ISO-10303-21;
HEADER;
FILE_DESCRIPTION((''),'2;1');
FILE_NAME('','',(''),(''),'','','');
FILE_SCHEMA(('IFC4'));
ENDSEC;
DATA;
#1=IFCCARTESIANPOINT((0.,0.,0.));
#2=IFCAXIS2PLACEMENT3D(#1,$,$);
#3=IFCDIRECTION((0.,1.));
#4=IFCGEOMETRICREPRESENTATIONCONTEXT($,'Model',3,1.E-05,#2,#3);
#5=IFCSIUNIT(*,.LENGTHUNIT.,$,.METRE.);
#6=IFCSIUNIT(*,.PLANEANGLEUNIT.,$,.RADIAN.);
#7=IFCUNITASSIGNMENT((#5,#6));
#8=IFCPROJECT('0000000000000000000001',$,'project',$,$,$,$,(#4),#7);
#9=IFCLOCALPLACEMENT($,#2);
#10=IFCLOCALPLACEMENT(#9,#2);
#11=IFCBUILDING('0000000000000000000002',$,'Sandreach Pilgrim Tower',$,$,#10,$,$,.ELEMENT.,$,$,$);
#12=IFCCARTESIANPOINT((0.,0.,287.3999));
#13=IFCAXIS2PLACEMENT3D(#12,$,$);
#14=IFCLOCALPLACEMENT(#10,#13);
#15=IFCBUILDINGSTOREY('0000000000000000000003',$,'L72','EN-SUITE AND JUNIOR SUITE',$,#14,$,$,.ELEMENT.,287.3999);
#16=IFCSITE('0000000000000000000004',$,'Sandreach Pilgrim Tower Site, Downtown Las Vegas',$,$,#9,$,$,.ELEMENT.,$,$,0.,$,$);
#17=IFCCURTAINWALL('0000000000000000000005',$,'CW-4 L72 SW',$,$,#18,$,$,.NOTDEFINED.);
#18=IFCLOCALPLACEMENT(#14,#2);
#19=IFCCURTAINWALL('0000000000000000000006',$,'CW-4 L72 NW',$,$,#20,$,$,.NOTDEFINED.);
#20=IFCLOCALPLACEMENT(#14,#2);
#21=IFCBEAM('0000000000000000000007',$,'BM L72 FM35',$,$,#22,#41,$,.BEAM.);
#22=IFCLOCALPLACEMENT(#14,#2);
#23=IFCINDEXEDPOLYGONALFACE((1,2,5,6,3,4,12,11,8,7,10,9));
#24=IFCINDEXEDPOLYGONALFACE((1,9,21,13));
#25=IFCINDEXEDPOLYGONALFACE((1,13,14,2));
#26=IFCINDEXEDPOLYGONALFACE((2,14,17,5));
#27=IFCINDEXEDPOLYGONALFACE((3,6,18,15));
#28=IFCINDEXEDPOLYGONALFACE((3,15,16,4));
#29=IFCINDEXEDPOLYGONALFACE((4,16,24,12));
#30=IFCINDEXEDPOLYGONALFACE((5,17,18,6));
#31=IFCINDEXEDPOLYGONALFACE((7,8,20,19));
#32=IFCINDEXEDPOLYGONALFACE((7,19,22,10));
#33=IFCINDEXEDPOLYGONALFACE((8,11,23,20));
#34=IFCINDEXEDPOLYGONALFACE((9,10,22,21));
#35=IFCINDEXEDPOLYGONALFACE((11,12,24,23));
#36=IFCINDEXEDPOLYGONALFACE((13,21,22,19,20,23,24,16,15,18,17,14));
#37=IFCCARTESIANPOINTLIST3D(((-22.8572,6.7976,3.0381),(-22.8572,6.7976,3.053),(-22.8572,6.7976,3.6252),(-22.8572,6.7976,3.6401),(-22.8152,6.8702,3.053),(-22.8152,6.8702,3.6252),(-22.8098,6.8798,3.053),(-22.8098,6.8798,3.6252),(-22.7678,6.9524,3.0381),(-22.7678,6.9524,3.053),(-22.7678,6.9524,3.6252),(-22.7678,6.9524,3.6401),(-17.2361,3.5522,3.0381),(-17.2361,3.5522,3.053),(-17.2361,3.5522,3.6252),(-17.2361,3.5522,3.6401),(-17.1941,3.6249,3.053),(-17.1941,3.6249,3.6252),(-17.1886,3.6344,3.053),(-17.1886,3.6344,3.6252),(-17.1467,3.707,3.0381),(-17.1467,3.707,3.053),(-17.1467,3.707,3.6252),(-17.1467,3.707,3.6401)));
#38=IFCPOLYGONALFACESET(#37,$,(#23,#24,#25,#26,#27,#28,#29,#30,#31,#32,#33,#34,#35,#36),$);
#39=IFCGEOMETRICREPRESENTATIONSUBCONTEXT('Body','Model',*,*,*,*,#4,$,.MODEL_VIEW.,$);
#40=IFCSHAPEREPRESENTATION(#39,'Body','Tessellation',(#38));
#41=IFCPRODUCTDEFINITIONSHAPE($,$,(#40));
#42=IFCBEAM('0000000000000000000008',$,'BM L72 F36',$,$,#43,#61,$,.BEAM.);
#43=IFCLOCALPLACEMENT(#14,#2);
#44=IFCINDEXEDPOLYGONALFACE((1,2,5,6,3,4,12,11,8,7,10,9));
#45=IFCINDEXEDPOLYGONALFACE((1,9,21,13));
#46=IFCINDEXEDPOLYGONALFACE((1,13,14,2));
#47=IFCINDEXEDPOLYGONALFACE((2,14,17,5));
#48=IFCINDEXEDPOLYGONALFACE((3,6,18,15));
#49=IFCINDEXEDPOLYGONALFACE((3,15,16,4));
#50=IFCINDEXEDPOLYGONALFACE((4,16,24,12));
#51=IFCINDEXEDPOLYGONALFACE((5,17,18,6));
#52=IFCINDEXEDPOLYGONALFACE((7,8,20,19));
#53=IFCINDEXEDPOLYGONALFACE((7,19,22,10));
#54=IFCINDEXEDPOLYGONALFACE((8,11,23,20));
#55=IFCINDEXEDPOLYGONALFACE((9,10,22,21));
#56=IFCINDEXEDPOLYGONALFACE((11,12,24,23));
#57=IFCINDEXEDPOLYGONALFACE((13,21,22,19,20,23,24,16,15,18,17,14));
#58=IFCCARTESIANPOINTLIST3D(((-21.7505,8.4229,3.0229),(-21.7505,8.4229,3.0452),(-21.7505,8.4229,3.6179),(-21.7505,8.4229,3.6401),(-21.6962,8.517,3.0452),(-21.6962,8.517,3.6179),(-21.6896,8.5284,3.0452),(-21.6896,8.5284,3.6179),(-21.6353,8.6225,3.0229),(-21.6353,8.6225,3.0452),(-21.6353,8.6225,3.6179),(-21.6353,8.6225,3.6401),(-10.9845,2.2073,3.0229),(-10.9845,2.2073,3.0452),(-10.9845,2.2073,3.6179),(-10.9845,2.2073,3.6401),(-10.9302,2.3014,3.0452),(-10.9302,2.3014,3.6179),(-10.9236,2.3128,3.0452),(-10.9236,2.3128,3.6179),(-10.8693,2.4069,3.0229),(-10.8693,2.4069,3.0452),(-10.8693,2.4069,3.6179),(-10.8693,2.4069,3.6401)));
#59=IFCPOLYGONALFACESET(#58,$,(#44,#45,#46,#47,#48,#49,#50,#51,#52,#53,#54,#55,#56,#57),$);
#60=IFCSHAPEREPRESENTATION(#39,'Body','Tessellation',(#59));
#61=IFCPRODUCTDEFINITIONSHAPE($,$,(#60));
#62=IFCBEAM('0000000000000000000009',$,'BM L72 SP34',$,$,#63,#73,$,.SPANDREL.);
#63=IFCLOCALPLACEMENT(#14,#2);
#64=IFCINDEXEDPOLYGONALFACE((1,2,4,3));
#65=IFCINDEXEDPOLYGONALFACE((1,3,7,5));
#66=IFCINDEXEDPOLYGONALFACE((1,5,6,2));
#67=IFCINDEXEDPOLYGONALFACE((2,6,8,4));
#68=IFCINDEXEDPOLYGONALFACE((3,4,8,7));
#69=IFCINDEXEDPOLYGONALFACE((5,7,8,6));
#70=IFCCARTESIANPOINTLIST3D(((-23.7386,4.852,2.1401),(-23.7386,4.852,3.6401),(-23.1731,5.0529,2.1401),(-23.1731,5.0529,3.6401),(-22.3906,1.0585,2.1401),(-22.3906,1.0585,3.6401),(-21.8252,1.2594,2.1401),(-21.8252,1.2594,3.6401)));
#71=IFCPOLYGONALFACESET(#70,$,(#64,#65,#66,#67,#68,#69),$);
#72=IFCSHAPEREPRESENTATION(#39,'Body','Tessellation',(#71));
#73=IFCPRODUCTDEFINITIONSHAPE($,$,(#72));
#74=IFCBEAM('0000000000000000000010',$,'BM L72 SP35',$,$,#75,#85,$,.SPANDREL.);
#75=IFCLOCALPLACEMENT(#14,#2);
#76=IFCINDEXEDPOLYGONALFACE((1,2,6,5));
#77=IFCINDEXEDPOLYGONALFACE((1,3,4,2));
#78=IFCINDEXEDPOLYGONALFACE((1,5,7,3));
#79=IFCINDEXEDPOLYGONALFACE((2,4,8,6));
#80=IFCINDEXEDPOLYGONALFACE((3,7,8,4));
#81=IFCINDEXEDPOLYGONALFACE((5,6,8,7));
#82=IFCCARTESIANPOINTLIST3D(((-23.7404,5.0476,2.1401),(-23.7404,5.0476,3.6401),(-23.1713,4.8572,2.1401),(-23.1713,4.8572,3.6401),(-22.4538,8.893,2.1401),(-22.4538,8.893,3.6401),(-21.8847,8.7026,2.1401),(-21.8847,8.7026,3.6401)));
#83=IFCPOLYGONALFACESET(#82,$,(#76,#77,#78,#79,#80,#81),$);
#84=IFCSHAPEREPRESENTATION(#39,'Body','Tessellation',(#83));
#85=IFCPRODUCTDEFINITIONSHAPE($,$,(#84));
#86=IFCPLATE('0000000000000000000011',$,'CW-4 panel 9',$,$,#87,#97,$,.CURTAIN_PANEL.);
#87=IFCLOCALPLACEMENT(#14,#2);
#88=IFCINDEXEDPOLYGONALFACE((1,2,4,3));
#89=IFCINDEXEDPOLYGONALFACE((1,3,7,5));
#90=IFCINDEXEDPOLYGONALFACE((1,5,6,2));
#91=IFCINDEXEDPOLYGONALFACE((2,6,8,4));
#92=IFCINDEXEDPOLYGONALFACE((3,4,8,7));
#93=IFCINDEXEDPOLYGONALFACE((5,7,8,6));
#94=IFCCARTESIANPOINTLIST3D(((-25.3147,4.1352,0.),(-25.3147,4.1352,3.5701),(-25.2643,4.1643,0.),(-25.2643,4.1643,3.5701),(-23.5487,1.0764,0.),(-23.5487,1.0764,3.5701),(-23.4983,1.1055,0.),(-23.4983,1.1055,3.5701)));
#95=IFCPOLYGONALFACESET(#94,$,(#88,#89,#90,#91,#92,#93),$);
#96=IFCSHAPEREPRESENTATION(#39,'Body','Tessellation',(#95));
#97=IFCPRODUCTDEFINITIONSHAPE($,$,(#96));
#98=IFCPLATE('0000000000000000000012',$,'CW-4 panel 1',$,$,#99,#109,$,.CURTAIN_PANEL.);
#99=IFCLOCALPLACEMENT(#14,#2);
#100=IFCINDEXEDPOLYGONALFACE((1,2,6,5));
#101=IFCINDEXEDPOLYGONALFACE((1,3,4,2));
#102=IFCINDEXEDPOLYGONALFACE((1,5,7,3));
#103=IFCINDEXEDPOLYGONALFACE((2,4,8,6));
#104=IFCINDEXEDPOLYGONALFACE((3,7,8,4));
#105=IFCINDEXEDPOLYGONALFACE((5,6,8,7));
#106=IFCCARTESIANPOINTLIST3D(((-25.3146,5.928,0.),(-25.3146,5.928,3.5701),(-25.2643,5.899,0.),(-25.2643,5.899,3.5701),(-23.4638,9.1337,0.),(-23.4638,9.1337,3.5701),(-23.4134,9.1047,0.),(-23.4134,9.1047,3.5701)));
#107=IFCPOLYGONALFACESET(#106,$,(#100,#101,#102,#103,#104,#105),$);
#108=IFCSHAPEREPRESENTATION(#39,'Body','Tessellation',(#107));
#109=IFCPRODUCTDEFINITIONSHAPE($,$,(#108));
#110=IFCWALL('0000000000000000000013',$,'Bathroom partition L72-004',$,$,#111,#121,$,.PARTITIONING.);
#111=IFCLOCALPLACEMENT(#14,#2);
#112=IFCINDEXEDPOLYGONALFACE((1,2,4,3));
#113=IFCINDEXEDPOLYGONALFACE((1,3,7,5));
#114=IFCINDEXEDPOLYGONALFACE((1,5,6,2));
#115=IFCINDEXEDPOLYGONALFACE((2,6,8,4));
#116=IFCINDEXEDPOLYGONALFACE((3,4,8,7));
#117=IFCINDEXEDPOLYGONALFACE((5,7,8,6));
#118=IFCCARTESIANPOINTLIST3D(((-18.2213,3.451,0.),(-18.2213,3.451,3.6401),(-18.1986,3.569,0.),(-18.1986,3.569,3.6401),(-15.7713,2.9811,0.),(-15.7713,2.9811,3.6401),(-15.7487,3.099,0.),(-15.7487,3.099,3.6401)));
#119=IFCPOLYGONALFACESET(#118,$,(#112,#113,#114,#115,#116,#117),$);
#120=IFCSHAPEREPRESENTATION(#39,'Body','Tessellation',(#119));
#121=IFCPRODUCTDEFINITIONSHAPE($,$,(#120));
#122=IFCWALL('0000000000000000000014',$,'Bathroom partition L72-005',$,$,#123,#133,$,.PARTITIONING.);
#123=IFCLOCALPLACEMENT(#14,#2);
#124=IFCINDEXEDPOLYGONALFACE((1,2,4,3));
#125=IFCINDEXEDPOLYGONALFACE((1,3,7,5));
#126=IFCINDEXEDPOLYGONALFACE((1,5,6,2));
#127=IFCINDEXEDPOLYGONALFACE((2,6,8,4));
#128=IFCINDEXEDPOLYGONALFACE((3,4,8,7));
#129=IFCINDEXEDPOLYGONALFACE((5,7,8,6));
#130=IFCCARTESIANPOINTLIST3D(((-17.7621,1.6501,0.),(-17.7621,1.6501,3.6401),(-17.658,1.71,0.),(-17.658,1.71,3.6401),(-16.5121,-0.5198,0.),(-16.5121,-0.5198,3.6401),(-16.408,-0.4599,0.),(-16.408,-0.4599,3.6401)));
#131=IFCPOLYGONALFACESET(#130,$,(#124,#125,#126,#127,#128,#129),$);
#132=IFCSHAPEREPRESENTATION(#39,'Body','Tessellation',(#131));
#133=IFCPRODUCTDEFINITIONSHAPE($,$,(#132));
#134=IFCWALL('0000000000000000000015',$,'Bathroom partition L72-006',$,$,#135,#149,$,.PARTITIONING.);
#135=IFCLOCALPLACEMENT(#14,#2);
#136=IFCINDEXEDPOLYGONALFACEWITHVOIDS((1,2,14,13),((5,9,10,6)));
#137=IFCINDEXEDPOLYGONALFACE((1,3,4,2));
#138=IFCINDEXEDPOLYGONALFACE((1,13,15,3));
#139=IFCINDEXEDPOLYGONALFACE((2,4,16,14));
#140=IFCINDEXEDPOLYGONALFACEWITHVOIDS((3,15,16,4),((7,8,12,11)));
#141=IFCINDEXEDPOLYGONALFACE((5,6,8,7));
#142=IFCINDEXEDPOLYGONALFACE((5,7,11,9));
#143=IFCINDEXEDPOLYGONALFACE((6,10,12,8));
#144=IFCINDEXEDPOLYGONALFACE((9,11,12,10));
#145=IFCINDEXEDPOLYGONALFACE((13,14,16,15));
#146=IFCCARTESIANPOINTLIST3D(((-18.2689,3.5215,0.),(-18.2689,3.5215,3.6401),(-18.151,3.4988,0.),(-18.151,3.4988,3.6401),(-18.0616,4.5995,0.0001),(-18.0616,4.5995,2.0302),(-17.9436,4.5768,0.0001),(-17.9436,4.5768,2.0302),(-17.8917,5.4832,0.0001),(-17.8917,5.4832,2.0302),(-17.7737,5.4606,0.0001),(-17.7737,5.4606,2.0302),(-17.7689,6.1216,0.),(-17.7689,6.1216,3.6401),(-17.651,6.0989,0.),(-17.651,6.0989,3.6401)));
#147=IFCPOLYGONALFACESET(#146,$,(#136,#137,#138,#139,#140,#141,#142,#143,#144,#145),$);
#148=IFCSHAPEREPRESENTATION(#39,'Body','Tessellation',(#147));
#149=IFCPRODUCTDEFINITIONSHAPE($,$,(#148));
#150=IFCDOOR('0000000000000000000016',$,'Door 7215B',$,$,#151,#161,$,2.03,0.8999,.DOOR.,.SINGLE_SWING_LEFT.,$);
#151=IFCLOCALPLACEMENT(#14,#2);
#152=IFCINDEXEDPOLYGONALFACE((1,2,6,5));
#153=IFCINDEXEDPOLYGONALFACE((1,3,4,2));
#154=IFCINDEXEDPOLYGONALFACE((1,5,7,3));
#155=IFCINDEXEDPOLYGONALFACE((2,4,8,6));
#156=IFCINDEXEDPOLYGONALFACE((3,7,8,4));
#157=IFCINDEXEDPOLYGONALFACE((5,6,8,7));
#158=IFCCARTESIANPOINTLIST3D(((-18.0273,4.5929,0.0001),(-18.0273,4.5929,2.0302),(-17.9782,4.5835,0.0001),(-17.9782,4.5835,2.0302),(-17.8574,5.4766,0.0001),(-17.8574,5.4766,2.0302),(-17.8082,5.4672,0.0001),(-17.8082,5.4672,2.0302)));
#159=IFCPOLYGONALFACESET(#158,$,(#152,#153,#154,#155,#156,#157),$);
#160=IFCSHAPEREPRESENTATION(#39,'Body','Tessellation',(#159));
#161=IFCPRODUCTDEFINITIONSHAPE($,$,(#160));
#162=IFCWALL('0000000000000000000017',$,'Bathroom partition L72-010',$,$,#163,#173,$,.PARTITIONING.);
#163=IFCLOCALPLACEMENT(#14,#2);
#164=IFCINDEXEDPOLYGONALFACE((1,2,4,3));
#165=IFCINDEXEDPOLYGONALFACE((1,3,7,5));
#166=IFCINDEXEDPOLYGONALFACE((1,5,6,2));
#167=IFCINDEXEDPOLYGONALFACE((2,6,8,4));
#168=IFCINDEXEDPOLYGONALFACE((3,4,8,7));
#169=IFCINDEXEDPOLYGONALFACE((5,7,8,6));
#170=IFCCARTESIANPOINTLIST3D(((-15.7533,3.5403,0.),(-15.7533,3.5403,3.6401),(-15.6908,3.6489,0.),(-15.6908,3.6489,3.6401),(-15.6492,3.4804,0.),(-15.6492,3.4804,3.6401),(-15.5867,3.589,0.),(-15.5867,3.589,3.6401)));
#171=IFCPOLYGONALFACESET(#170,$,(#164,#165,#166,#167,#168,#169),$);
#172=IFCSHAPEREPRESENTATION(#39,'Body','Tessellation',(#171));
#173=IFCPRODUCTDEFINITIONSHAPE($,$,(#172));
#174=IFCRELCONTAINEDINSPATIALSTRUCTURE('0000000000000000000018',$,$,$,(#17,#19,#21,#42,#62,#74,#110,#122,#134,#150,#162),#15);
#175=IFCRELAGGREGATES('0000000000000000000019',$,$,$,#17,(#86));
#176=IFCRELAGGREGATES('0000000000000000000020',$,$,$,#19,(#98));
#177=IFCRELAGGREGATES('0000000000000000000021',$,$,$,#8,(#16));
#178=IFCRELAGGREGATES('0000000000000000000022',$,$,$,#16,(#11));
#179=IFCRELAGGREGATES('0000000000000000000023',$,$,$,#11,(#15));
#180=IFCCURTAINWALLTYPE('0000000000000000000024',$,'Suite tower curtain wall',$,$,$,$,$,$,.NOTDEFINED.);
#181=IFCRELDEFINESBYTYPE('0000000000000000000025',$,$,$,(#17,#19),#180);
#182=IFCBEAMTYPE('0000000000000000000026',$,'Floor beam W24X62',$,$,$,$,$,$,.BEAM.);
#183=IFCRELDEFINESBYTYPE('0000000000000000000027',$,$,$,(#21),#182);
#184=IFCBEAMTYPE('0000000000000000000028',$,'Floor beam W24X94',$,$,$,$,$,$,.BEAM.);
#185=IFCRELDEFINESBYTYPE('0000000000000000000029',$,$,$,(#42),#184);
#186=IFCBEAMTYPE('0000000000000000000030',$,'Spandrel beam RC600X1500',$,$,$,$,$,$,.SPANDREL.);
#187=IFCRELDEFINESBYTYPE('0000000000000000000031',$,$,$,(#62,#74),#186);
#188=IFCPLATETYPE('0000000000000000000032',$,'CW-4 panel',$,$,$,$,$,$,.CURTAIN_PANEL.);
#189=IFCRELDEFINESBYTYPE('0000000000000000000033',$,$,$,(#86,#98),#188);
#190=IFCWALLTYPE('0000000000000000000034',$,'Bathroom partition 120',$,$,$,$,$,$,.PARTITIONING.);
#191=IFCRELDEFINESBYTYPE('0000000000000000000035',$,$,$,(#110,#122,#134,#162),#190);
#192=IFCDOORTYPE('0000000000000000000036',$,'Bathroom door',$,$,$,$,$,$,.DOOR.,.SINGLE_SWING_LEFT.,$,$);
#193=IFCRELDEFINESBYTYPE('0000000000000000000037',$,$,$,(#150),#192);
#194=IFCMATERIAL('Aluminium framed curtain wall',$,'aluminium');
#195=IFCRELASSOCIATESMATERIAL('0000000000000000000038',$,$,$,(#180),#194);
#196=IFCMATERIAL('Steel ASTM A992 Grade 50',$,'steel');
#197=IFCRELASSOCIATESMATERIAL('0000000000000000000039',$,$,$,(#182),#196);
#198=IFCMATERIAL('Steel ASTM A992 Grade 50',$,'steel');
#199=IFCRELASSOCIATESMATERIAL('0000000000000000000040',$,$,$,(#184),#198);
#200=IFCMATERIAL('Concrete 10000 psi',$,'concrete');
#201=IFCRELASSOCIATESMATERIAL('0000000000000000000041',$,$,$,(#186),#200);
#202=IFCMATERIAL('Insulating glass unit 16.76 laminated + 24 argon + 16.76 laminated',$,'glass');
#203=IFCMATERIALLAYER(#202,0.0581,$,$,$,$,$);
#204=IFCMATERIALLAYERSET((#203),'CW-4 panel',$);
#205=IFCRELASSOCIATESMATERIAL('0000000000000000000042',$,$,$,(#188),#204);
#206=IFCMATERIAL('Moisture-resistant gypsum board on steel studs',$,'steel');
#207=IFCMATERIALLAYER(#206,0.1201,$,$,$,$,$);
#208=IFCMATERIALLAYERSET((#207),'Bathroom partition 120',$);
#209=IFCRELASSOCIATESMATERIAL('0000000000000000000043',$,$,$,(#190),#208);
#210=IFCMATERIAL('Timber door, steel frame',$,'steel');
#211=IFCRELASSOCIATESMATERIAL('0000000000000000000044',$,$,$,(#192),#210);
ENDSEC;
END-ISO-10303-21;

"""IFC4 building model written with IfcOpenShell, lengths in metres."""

from ifc_helpers import new_model, si_unit, direction, frame, frame_2d, origin, origin_2d, place, context, subcontext, project, spatial, rectangle, i_section, extrude, material, layer, layer_set, material_profile, profile_set, type_object, element, fill, aggregate, save


model = new_model("IFC4")

# Units and contexts
model_context = context("Model", 3, precision=1e-05, world=origin(), true_north=direction((0.0, 1.0)))
body_context = subcontext(model_context, "Body", "Model", "MODEL_VIEW")
ifc_project = project(units=[si_unit("LENGTHUNIT", "METRE"), si_unit("PLANEANGLEUNIT", "RADIAN")], contexts=[model_context])

# Site, building, storey
site_placement = place(None, origin())
site = spatial("IfcSite", under=ifc_project, at=site_placement, Name="Sandreach Pilgrim Tower Site, Downtown Las Vegas", CompositionType="ELEMENT", RefElevation=0.0)
building_placement = place(site_placement, origin())
building = spatial("IfcBuilding", under=site, at=building_placement, Name="Sandreach Pilgrim Tower", CompositionType="ELEMENT")
storey_placement = place(building_placement, frame((0.0, 0.0, 287.3999)))
storey = spatial("IfcBuildingStorey", under=building, at=storey_placement, Name="L72", Description="EN-SUITE AND JUNIOR SUITE", CompositionType="ELEMENT", Elevation=287.3999)

# Curtain wall
ifc_material_1 = material(Name="Aluminium framed curtain wall", Category="aluminium")
curtain_wall_type = type_object("IfcCurtainWallType", Name="Suite tower curtain wall", PredefinedType="NOTDEFINED", material=ifc_material_1)
curtain_wall_1_placement = place(storey_placement, origin())
curtain_wall_1 = element("IfcCurtainWall", 1, at=curtain_wall_1_placement, inside=storey, type_object=curtain_wall_type, Name="CW-4 L72 SW", PredefinedType="NOTDEFINED")

# Curtain wall
curtain_wall_2_placement = place(storey_placement, origin())
curtain_wall_2 = element("IfcCurtainWall", 2, at=curtain_wall_2_placement, inside=storey, type_object=curtain_wall_type, Name="CW-4 L72 NW", PredefinedType="NOTDEFINED")

# Beams
ifc_material_2 = material(Name="Steel ASTM A992 Grade 50", Category="steel")
ifc_material_profile_1 = material_profile(ifc_material_2, i_section(OverallWidth=0.1787, OverallDepth=0.6021, WebThickness=0.011, FlangeThickness=0.0149, at=origin_2d()), Name="W24X62")
ifc_profile_set_1 = profile_set([ifc_material_profile_1], Name="Steel ASTM A992 Grade 50")
beam_type_1 = type_object("IfcBeamType", Name="Floor beam W24X62", PredefinedType="BEAM", material=ifc_profile_set_1)
beam_1_placement = place(storey_placement, frame((-22.8125, 6.875, 3.3391), z_axis=(0.866024, -0.500002, 0.0), x_axis=(0.500002, 0.866024, 0.0)))
element("IfcBeam", 3, at=beam_1_placement, inside=storey, type_object=beam_type_1, Name="BM L72 FM35", PredefinedType="BEAM", context=body_context, shape_type="SweptSolid", body=[
    extrude(i_section(OverallWidth=0.1787, OverallDepth=0.6021, WebThickness=0.011, FlangeThickness=0.0149, at=origin_2d()), origin(), (0.0, 0.0, 1.0), 6.4907),
])
ifc_material_3 = material(Name="Steel ASTM A992 Grade 50", Category="steel")
ifc_material_profile_2 = material_profile(ifc_material_3, i_section(OverallWidth=0.2305, OverallDepth=0.6172, WebThickness=0.0132, FlangeThickness=0.0222, at=origin_2d()), Name="W24X94")
ifc_profile_set_2 = profile_set([ifc_material_profile_2], Name="Steel ASTM A992 Grade 50")
beam_type_2 = type_object("IfcBeamType", Name="Floor beam W24X94", PredefinedType="BEAM", material=ifc_profile_set_2)
beam_2_placement = place(storey_placement, frame((-21.6929, 8.5227, 3.3315), z_axis=(0.866029, -0.499994, 0.0), x_axis=(0.499994, 0.866029, 0.0)))
element("IfcBeam", 4, at=beam_2_placement, inside=storey, type_object=beam_type_2, Name="BM L72 F36", PredefinedType="BEAM", context=body_context, shape_type="SweptSolid", body=[
    extrude(i_section(OverallWidth=0.2305, OverallDepth=0.6172, WebThickness=0.0132, FlangeThickness=0.0222, at=origin_2d()), origin(), (0.0, 0.0, 1.0), 12.4314),
])
ifc_material_4 = material(Name="Concrete 10000 psi", Category="concrete")
ifc_material_profile_3 = material_profile(ifc_material_4, rectangle(XDim=0.6001, YDim=1.5, at=origin_2d()), Name="RC600X1500")
ifc_profile_set_3 = profile_set([ifc_material_profile_3], Name="Concrete 10000 psi")
beam_type_3 = type_object("IfcBeamType", Name="Spandrel beam RC600X1500", PredefinedType="SPANDREL", material=ifc_profile_set_3)
beam_3_placement = place(storey_placement, frame((-22.1079, 1.1589, 2.8901), z_axis=(-0.334815, 0.942284, 0.0), x_axis=(-0.942284, -0.334815, 0.0)))
element("IfcBeam", 5, at=beam_3_placement, inside=storey, type_object=beam_type_3, Name="BM L72 SP34", PredefinedType="SPANDREL", context=body_context, shape_type="SweptSolid", body=[
    extrude(rectangle(XDim=0.6001, YDim=1.5, at=origin_2d()), origin(), (0.0, 0.0, 1.0), 4.0259),
])
beam_4_placement = place(storey_placement, frame((-23.4558, 4.9524, 2.8901), z_axis=(0.317293, 0.948327, 0.0), x_axis=(-0.948327, 0.317293, 0.0)))
element("IfcBeam", 6, at=beam_4_placement, inside=storey, type_object=beam_type_3, Name="BM L72 SP35", PredefinedType="SPANDREL", context=body_context, shape_type="SweptSolid", body=[
    extrude(rectangle(XDim=0.6001, YDim=1.5, at=origin_2d()), origin(), (0.0, 0.0, 1.0), 4.0549),
])

# Plates
ifc_material_5 = material(Name="Insulating glass unit 16.76 laminated + 24 argon + 16.76 laminated", Category="glass")
ifc_layer_1 = layer(ifc_material_5, 0.0581)
ifc_layer_set_1 = layer_set([ifc_layer_1], Name="CW-4 panel")
plate_type = type_object("IfcPlateType", Name="CW-4 panel", PredefinedType="CURTAIN_PANEL", material=ifc_layer_set_1)
plate_1_placement = place(storey_placement, frame((-24.4065, 2.6204, 0.0), z_axis=(0.0, 0.0, 1.0), x_axis=(-0.5, 0.866025, 0.0)))
plate_1 = element("IfcPlate", 7, at=plate_1_placement, type_object=plate_type, Name="CW-4 panel 9", PredefinedType="CURTAIN_PANEL", context=body_context, shape_type="SweptSolid", body=[
    extrude(rectangle(XDim=3.532, YDim=0.0581, at=origin_2d()), origin(), (0.0, 0.0, 1.0), 3.5701),
])
aggregate(curtain_wall_1, [plate_1])
plate_2_placement = place(storey_placement, frame((-24.364, 7.5164, 0.0), z_axis=(0.0, 0.0, 1.0), x_axis=(0.5, 0.866025, 0.0)))
plate_2 = element("IfcPlate", 8, at=plate_2_placement, type_object=plate_type, Name="CW-4 panel 1", PredefinedType="CURTAIN_PANEL", context=body_context, shape_type="SweptSolid", body=[
    extrude(rectangle(XDim=3.7017, YDim=0.0581, at=origin_2d()), origin(), (0.0, 0.0, 1.0), 3.5701),
])
aggregate(curtain_wall_2, [plate_2])

# Walls
ifc_material_6 = material(Name="Moisture-resistant gypsum board on steel studs", Category="steel")
ifc_layer_2 = layer(ifc_material_6, 0.1201)
ifc_layer_set_2 = layer_set([ifc_layer_2], Name="Bathroom partition 120")
wall_type_1 = type_object("IfcWallType", Name="Bathroom partition 120", PredefinedType="PARTITIONING", material=ifc_layer_set_2)
wall_1_placement = place(storey_placement, frame((-18.21, 3.51, 0.0), z_axis=(0.0, 0.0, 1.0), x_axis=(0.982094, -0.188394, 0.0)))
element("IfcWall", 9, at=wall_1_placement, inside=storey, type_object=wall_type_1, Name="Bathroom partition L72-004", PredefinedType="PARTITIONING", context=body_context, shape_type="SweptSolid", body=[
    extrude(rectangle(XDim=2.4946, YDim=0.1201, at=frame_2d((1.2473, 0.0))), origin(), (0.0, 0.0, 1.0), 3.6401),
])
wall_2_placement = place(storey_placement, frame((-17.71, 1.6799, 0.0), z_axis=(0.0, 0.0, 1.0), x_axis=(0.49916, -0.86651, 0.0)))
element("IfcWall", 10, at=wall_2_placement, inside=storey, type_object=wall_type_1, Name="Bathroom partition L72-005", PredefinedType="PARTITIONING", context=body_context, shape_type="SweptSolid", body=[
    extrude(rectangle(XDim=2.5042, YDim=0.1201, at=frame_2d((1.252, 0.0))), origin(), (0.0, 0.0, 1.0), 3.6401),
])

# Wall, opening, door
wall_3_placement = place(storey_placement, frame((-17.71, 6.1101, 0.0), z_axis=(0.0, 0.0, 1.0), x_axis=(-0.188841, -0.982008, 0.0)))
wall_3 = element("IfcWall", 11, at=wall_3_placement, inside=storey, type_object=wall_type_1, Name="Bathroom partition L72-006", PredefinedType="PARTITIONING", context=body_context, shape_type="SweptSolid", body=[
    extrude(rectangle(XDim=2.6477, YDim=0.1201, at=frame_2d((1.3237, 0.0))), origin(), (0.0, 0.0, 1.0), 3.6401),
])
opening_1_placement = place(wall_3_placement, frame((0.6499, 0.0, 0.0)))
opening_1 = element("IfcOpeningElement", 12, at=opening_1_placement, cuts=wall_3, PredefinedType="OPENING", context=body_context, shape_type="SweptSolid", body=[
    extrude(rectangle(XDim=0.8999, YDim=2.03, at=frame_2d((0.45, 1.0151))), frame((0.0, 0.0601, 0.0), z_axis=(0.0, -1.0, 0.0), x_axis=(1.0, 0.0, 0.0)), (0.0, 0.0, 1.0), 0.1201),
])
ifc_material_7 = material(Name="Timber door, steel frame", Category="steel")
door_type_1 = type_object("IfcDoorType", Name="Bathroom door", OperationType="SINGLE_SWING_LEFT", PredefinedType="DOOR", material=ifc_material_7)
door_1_placement = place(opening_1_placement, origin())
door_1 = element("IfcDoor", 13, at=door_1_placement, inside=storey, type_object=door_type_1, Name="Door 7215B", OperationType="SINGLE_SWING_LEFT", OverallHeight=2.03, OverallWidth=0.8999, PredefinedType="DOOR", context=body_context, shape_type="SweptSolid", body=[
    extrude(rectangle(XDim=0.8999, YDim=2.03, at=frame_2d((0.45, 1.0151))), frame((0.0, 0.0249, 0.0), z_axis=(0.0, -1.0, 0.0), x_axis=(1.0, 0.0, 0.0)), (0.0, 0.0, 1.0), 0.05),
])
fill(opening_1, door_1)

# Wall
wall_4_placement = place(storey_placement, frame((-15.7012, 3.5105, 0.0), z_axis=(0.0, 0.0, 1.0), x_axis=(0.498654, 0.866801, 0.0)))
element("IfcWall", 14, at=wall_4_placement, inside=storey, type_object=wall_type_1, Name="Bathroom partition L72-010", PredefinedType="PARTITIONING", context=body_context, shape_type="SweptSolid", body=[
    extrude(rectangle(XDim=0.1252, YDim=0.1201, at=frame_2d((0.0625, 0.0))), origin(), (0.0, 0.0, 1.0), 3.6401),
])

save(model, "model.ifc")
